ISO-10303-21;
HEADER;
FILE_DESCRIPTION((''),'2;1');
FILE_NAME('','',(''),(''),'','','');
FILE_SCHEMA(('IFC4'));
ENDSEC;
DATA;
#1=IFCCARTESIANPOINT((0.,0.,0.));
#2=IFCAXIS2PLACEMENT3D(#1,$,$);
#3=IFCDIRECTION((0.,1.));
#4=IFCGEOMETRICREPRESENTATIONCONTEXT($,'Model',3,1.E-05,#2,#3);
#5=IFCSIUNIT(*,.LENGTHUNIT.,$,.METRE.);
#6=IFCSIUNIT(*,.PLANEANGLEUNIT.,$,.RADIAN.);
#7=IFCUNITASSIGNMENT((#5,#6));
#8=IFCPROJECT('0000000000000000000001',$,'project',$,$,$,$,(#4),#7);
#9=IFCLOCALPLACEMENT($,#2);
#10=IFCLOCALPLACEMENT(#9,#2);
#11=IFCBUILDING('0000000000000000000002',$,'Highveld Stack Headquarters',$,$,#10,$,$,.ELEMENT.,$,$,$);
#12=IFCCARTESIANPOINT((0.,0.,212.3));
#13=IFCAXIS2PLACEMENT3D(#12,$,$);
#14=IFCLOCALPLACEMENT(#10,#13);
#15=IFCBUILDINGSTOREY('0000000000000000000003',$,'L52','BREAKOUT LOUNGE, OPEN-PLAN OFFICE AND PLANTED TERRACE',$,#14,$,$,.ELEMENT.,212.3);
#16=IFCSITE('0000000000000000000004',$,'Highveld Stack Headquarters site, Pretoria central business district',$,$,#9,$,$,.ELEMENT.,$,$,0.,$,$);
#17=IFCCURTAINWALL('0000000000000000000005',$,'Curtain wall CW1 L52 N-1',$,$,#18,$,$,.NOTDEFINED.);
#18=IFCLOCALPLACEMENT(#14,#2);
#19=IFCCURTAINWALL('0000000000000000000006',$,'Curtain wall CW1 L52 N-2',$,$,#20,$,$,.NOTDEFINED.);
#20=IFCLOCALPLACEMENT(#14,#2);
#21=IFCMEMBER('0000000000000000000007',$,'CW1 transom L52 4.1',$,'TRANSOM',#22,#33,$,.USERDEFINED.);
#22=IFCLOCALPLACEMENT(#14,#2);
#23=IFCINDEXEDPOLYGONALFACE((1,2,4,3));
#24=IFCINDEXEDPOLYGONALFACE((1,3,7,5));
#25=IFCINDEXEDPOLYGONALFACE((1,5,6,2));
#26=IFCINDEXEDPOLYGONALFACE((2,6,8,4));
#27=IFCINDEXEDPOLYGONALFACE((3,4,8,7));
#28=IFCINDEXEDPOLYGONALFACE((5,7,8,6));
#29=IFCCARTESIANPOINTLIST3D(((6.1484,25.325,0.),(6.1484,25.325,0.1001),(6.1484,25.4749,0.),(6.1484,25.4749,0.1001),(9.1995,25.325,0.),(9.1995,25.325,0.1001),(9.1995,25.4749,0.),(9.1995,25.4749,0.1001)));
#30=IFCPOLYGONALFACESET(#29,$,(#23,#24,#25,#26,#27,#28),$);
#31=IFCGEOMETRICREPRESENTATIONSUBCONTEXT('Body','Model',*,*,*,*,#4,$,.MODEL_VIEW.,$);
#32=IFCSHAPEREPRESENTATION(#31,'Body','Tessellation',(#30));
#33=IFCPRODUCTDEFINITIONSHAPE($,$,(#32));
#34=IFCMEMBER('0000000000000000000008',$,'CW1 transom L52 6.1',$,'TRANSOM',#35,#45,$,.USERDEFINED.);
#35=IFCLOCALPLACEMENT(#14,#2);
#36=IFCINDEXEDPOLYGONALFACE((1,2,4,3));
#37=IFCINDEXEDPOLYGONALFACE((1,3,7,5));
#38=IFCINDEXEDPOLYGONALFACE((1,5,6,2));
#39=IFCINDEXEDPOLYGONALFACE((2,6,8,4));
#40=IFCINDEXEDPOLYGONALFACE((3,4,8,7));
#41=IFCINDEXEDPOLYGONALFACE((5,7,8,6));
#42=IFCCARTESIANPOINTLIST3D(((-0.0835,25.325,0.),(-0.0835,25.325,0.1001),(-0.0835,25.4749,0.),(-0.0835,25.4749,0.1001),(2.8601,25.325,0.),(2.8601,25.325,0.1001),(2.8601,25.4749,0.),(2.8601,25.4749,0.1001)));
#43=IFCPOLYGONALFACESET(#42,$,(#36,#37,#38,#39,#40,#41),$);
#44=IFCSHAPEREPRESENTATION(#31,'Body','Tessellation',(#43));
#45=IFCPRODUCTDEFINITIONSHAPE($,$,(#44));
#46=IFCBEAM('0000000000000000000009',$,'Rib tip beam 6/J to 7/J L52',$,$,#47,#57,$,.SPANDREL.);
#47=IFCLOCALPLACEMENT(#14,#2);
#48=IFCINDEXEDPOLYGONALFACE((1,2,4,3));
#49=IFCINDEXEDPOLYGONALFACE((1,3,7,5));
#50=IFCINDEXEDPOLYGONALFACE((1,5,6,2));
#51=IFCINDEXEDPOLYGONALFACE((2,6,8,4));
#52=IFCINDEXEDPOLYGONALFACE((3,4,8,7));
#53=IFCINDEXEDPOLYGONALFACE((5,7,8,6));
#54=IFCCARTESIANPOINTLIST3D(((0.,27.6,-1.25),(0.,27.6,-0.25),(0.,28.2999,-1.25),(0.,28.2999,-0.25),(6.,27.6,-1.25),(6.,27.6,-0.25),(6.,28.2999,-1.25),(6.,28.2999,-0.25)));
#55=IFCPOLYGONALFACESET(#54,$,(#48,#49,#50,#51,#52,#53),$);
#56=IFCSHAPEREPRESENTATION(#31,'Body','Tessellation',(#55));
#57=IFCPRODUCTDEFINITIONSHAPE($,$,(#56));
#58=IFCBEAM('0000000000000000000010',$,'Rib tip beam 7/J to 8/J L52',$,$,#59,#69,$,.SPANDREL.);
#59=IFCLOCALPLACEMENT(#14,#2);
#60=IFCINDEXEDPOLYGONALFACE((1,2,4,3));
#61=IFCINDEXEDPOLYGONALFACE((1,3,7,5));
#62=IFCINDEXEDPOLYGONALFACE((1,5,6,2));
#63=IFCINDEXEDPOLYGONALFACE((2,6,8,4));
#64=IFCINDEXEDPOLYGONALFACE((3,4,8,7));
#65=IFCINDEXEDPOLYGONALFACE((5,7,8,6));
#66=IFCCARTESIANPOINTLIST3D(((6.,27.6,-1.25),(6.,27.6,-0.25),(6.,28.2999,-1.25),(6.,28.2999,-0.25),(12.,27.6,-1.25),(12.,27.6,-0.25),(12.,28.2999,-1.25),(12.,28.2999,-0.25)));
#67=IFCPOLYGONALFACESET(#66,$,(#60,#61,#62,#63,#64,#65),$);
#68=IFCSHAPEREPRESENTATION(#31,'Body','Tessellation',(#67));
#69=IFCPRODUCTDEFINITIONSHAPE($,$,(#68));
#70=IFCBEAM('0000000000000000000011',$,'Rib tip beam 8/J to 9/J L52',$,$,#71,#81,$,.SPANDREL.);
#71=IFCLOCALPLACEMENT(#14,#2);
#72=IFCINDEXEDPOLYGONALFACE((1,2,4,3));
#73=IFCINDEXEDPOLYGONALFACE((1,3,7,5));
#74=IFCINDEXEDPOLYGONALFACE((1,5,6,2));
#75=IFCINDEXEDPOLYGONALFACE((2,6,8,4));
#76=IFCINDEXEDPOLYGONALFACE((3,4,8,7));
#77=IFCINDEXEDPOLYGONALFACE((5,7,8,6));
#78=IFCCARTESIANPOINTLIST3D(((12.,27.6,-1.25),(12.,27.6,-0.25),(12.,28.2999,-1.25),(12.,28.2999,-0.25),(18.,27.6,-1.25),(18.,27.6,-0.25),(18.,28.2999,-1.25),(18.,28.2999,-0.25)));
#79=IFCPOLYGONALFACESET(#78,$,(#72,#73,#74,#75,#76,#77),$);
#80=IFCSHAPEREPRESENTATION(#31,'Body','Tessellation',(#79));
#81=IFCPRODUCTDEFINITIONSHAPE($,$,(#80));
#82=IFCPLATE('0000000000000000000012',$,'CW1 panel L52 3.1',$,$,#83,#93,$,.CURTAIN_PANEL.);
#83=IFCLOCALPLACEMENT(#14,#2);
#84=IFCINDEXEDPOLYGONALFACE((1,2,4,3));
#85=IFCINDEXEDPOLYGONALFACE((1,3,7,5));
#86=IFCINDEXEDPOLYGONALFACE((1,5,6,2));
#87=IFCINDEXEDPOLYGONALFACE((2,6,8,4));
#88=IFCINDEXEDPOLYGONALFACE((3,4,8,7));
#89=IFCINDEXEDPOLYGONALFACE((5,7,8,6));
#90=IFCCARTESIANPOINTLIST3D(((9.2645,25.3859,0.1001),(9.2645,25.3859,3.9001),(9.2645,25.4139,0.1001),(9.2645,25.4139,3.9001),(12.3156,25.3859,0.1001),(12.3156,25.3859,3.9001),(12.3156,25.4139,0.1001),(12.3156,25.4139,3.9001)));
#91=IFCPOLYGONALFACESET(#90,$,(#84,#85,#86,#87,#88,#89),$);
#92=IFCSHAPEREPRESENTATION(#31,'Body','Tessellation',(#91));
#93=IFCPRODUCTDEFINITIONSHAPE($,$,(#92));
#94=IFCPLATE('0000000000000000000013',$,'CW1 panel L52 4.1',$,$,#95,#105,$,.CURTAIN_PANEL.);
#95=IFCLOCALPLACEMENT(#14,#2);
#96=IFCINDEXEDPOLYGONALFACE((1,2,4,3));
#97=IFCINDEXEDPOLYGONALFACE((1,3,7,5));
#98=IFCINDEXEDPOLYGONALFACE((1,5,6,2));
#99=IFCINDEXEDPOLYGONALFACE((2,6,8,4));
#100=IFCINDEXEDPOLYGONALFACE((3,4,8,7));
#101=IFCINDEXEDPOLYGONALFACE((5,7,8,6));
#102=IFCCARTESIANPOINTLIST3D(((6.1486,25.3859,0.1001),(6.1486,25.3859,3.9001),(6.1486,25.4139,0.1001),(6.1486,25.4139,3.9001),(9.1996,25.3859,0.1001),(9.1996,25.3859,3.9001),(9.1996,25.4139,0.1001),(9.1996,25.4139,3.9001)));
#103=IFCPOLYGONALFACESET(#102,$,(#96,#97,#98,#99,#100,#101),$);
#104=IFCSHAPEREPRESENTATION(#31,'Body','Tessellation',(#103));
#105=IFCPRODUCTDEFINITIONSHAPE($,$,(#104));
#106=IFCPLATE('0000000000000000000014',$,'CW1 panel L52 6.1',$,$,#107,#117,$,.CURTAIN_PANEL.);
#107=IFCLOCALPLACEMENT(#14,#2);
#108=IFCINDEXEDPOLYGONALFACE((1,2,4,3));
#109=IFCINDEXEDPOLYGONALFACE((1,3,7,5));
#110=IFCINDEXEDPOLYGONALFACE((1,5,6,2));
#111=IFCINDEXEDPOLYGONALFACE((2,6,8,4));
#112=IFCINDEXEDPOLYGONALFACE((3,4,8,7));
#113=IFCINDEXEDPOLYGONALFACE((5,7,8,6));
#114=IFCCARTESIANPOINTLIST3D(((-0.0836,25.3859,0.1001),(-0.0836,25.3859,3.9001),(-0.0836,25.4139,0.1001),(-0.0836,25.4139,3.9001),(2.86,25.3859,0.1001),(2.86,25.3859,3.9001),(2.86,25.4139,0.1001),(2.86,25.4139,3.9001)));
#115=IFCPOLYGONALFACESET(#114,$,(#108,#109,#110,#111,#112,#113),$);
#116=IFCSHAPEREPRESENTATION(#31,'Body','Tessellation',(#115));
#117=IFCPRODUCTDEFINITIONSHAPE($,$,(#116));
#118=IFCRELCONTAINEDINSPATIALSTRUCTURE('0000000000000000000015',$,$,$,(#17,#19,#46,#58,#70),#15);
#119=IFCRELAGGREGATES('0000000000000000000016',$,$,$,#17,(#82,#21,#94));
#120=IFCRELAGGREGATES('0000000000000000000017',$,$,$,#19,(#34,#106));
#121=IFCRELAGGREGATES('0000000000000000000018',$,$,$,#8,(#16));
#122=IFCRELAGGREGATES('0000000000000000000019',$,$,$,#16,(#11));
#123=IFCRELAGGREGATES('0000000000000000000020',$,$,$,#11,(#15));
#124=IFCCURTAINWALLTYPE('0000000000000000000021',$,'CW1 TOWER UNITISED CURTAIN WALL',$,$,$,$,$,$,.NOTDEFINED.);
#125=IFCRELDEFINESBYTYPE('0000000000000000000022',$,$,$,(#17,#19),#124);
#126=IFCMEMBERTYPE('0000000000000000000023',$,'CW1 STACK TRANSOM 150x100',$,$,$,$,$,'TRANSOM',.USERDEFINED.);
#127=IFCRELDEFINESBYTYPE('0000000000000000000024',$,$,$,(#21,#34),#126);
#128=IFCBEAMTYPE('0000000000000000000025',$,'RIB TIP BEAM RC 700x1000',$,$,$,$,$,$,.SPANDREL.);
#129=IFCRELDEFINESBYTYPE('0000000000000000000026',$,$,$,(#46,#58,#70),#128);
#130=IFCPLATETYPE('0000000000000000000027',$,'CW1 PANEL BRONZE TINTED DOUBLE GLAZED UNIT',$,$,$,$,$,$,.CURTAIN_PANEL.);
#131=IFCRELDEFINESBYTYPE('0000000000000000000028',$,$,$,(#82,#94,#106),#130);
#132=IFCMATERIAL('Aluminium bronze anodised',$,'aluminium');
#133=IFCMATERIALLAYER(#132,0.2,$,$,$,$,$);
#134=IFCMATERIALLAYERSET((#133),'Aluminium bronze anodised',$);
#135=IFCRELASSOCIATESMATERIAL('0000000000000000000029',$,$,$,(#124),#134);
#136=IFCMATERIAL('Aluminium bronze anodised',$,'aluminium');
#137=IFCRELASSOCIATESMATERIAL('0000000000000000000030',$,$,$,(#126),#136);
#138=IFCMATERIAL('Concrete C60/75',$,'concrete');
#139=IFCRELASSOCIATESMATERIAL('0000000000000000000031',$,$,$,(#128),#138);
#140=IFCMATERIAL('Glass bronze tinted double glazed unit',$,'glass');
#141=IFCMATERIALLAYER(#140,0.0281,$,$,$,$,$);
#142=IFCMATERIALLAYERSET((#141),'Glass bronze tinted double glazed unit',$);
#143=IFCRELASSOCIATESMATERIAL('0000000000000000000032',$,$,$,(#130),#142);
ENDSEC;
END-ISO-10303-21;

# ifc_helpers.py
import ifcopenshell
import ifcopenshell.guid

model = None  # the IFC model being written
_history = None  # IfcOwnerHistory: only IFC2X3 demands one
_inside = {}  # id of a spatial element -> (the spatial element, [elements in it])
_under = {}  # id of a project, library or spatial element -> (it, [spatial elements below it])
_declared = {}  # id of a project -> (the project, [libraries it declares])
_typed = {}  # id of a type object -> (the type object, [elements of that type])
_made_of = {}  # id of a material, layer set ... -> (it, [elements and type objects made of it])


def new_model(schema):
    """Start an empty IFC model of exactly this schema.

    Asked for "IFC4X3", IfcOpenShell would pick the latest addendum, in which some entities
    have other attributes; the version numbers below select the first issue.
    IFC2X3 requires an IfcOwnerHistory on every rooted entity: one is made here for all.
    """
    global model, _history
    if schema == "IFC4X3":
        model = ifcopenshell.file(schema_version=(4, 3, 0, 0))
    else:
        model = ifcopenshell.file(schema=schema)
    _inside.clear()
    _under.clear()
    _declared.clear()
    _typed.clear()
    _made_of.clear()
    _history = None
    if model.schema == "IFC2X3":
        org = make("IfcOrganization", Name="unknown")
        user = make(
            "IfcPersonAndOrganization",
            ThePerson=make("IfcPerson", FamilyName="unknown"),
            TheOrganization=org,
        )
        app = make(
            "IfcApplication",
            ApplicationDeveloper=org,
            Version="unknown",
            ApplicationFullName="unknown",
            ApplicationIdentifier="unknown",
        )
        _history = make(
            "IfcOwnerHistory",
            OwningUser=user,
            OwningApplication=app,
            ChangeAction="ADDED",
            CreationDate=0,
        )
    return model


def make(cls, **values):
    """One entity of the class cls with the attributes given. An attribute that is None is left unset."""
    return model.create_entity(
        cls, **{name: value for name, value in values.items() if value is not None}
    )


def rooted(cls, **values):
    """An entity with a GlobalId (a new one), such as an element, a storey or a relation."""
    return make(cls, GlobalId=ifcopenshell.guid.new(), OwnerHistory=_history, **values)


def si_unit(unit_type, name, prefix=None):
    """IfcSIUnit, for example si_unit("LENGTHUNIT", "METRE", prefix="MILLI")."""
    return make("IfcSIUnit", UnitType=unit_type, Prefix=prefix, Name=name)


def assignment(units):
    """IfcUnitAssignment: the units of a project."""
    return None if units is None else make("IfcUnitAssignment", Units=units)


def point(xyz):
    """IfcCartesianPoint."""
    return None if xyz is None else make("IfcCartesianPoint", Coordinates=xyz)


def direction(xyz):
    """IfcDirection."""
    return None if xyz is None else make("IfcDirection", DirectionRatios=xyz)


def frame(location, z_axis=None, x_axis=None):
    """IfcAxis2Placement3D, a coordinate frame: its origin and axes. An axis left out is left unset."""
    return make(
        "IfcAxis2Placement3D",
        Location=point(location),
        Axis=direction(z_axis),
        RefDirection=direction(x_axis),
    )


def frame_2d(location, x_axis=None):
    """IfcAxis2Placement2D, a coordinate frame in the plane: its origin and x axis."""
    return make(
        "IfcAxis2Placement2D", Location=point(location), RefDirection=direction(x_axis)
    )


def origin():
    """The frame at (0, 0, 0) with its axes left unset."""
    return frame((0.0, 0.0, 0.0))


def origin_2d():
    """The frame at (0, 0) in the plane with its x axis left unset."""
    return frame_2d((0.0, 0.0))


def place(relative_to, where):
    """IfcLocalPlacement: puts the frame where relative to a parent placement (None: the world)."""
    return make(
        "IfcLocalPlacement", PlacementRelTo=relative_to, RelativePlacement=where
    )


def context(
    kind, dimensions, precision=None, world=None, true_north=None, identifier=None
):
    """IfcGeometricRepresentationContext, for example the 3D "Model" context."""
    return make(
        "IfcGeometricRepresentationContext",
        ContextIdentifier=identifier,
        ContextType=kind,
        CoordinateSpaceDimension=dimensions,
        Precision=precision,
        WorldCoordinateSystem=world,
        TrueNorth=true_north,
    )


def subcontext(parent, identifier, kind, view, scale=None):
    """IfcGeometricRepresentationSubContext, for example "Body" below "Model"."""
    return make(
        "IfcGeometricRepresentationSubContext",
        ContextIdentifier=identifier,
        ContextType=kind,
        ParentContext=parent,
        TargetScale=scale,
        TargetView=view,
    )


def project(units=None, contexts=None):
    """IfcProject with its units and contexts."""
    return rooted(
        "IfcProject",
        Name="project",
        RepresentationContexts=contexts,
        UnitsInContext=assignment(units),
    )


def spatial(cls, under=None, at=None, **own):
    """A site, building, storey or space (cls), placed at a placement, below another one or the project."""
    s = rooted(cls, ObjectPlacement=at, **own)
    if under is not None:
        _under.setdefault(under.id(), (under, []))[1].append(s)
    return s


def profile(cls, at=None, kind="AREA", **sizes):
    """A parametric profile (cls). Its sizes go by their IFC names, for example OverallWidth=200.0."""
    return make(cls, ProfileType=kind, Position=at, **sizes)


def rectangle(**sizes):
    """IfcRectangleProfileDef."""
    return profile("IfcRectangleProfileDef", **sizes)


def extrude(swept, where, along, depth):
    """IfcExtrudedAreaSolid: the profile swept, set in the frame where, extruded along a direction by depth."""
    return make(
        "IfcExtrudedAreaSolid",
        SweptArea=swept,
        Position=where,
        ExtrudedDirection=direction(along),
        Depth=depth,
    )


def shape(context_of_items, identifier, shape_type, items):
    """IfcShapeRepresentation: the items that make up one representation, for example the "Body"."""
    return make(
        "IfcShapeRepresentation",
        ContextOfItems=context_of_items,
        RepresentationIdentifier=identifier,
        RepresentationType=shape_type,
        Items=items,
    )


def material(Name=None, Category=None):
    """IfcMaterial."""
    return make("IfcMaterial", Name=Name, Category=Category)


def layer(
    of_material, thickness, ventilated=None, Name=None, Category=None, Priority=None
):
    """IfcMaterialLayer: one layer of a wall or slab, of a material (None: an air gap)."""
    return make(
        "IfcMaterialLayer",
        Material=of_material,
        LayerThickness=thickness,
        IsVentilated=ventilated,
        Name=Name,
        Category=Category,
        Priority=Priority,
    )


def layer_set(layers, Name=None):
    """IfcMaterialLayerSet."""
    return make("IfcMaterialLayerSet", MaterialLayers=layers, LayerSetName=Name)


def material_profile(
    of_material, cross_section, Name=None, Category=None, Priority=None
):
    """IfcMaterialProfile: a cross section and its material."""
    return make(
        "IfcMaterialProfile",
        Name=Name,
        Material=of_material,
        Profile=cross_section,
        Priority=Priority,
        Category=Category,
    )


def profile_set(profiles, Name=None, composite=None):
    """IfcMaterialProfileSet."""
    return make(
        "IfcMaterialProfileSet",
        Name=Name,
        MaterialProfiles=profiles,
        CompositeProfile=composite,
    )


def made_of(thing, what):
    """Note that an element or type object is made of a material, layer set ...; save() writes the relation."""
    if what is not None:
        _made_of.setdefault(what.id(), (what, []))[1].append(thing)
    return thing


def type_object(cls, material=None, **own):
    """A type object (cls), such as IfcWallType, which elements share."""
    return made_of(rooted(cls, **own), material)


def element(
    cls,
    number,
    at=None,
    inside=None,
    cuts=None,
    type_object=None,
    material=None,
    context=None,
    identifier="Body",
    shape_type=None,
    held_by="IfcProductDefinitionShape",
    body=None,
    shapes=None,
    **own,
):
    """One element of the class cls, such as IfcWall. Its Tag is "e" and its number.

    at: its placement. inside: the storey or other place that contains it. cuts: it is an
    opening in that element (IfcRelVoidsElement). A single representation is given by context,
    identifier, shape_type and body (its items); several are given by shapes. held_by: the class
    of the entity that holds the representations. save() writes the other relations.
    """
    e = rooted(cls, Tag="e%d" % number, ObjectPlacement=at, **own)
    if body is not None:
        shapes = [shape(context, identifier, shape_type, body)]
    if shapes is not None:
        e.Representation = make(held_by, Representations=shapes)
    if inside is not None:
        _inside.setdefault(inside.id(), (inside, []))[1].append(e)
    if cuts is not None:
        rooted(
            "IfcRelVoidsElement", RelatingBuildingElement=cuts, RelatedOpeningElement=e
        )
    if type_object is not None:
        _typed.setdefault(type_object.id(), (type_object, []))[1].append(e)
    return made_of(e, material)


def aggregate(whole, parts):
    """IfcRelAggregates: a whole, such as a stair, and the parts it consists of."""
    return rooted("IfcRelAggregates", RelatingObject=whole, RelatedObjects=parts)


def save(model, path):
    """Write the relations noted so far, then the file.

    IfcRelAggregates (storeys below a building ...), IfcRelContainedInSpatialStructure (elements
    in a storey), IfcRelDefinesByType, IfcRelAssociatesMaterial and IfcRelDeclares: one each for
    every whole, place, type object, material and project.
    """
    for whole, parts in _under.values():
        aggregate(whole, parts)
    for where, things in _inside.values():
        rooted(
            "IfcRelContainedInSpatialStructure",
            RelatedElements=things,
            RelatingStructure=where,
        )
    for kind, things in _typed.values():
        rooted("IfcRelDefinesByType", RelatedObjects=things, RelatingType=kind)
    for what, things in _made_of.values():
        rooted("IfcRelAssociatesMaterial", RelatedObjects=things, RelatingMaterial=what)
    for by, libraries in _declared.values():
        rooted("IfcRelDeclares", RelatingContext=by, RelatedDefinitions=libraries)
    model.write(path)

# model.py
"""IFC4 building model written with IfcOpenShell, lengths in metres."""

from ifc_helpers import new_model, si_unit, direction, frame, origin, origin_2d, place, context, subcontext, project, spatial, rectangle, extrude, material, layer, layer_set, material_profile, profile_set, type_object, element, aggregate, save


model = new_model("IFC4")

# Units and contexts
model_context = context("Model", 3, precision=1e-05, world=origin(), true_north=direction((0.0, 1.0)))
body_context = subcontext(model_context, "Body", "Model", "MODEL_VIEW")
ifc_project = project(units=[si_unit("LENGTHUNIT", "METRE"), si_unit("PLANEANGLEUNIT", "RADIAN")], contexts=[model_context])

# Site, building, storey
site_placement = place(None, origin())
site = spatial("IfcSite", under=ifc_project, at=site_placement, Name="Highveld Stack Headquarters site, Pretoria central business district", CompositionType="ELEMENT", RefElevation=0.0)
building_placement = place(site_placement, origin())
building = spatial("IfcBuilding", under=site, at=building_placement, Name="Highveld Stack Headquarters", CompositionType="ELEMENT")
storey_placement = place(building_placement, frame((0.0, 0.0, 212.3)))
storey = spatial("IfcBuildingStorey", under=building, at=storey_placement, Name="L52", Description="BREAKOUT LOUNGE, OPEN-PLAN OFFICE AND PLANTED TERRACE", CompositionType="ELEMENT", Elevation=212.3)

# Curtain wall
ifc_material_1 = material(Name="Aluminium bronze anodised", Category="aluminium")
ifc_layer_1 = layer(ifc_material_1, 0.2)
ifc_layer_set_1 = layer_set([ifc_layer_1], Name="Aluminium bronze anodised")
curtain_wall_type = type_object("IfcCurtainWallType", Name="CW1 TOWER UNITISED CURTAIN WALL", PredefinedType="NOTDEFINED", material=ifc_layer_set_1)
curtain_wall_1_placement = place(storey_placement, origin())
curtain_wall_1 = element("IfcCurtainWall", 1, at=curtain_wall_1_placement, inside=storey, type_object=curtain_wall_type, Name="Curtain wall CW1 L52 N-1", PredefinedType="NOTDEFINED")

# Curtain wall
curtain_wall_2_placement = place(storey_placement, origin())
curtain_wall_2 = element("IfcCurtainWall", 2, at=curtain_wall_2_placement, inside=storey, type_object=curtain_wall_type, Name="Curtain wall CW1 L52 N-2", PredefinedType="NOTDEFINED")

# Members
ifc_material_2 = material(Name="Aluminium bronze anodised", Category="aluminium")
ifc_material_profile_1 = material_profile(ifc_material_2, rectangle(XDim=0.1499, YDim=0.1001, at=origin_2d()), Name="CW1 TRANSOM 150x100")
ifc_profile_set_1 = profile_set([ifc_material_profile_1], Name="Aluminium bronze anodised")
member_type_1 = type_object("IfcMemberType", Name="CW1 STACK TRANSOM 150x100", ElementType="TRANSOM", PredefinedType="USERDEFINED", material=ifc_profile_set_1)
member_1_placement = place(storey_placement, frame((9.1995, 25.3999, 0.05), z_axis=(-1.0, 0.0, 0.0), x_axis=(0.0, -1.0, 0.0)))
member_1 = element("IfcMember", 3, at=member_1_placement, type_object=member_type_1, Name="CW1 transom L52 4.1", ObjectType="TRANSOM", PredefinedType="USERDEFINED", context=body_context, shape_type="SweptSolid", body=[
    extrude(rectangle(XDim=0.1499, YDim=0.1001, at=origin_2d()), origin(), (0.0, 0.0, 1.0), 3.051),
])
member_2_placement = place(storey_placement, frame((2.8601, 25.3999, 0.05), z_axis=(-1.0, 0.0, 0.0), x_axis=(0.0, -1.0, 0.0)))
member_2 = element("IfcMember", 4, at=member_2_placement, type_object=member_type_1, Name="CW1 transom L52 6.1", ObjectType="TRANSOM", PredefinedType="USERDEFINED", context=body_context, shape_type="SweptSolid", body=[
    extrude(rectangle(XDim=0.1499, YDim=0.1001, at=origin_2d()), origin(), (0.0, 0.0, 1.0), 2.9436),
])

# Beams
ifc_material_3 = material(Name="Concrete C60/75", Category="concrete")
ifc_material_profile_2 = material_profile(ifc_material_3, rectangle(XDim=0.7, YDim=1.0, at=origin_2d()), Name="RC 700x1000")
ifc_profile_set_2 = profile_set([ifc_material_profile_2], Name="Concrete C60/75")
beam_type_1 = type_object("IfcBeamType", Name="RIB TIP BEAM RC 700x1000", PredefinedType="SPANDREL", material=ifc_profile_set_2)
for number, where, z_axis, x_axis, name in (
    (5, (0.0, 27.95, -0.75), (1.0, 0.0, 0.0), (0.0, 1.0, 0.0), "Rib tip beam 6/J to 7/J L52"),
    (6, (6.0, 27.95, -0.75), (1.0, 0.0, 0.0), (0.0, 1.0, 0.0), "Rib tip beam 7/J to 8/J L52"),
    (7, (12.0, 27.95, -0.75), (1.0, 0.0, 0.0), (0.0, 1.0, 0.0), "Rib tip beam 8/J to 9/J L52"),
):
    element("IfcBeam", number, at=place(storey_placement, frame(where, z_axis=z_axis, x_axis=x_axis)), inside=storey, type_object=beam_type_1, Name=name, PredefinedType="SPANDREL", context=body_context, shape_type="SweptSolid", body=[
        extrude(rectangle(XDim=0.7, YDim=1.0, at=origin_2d()), origin(), (0.0, 0.0, 1.0), 6.0),
    ])

# Plates
ifc_material_4 = material(Name="Glass bronze tinted double glazed unit", Category="glass")
ifc_layer_2 = layer(ifc_material_4, 0.0281)
ifc_layer_set_2 = layer_set([ifc_layer_2], Name="Glass bronze tinted double glazed unit")
plate_type = type_object("IfcPlateType", Name="CW1 PANEL BRONZE TINTED DOUBLE GLAZED UNIT", PredefinedType="CURTAIN_PANEL", material=ifc_layer_set_2)
plate_1_placement = place(storey_placement, frame((10.79, 25.3999, 0.1001), z_axis=(0.0, 0.0, 1.0), x_axis=(-1.0, 0.0, 0.0)))
plate_1 = element("IfcPlate", 8, at=plate_1_placement, type_object=plate_type, Name="CW1 panel L52 3.1", PredefinedType="CURTAIN_PANEL", context=body_context, shape_type="SweptSolid", body=[
    extrude(rectangle(XDim=3.051, YDim=0.0281, at=origin_2d()), origin(), (0.0, 0.0, 1.0), 3.8),
])
plate_2_placement = place(storey_placement, frame((7.6741, 25.3999, 0.1001), z_axis=(0.0, 0.0, 1.0), x_axis=(-1.0, 0.0, 0.0)))
plate_2 = element("IfcPlate", 9, at=plate_2_placement, type_object=plate_type, Name="CW1 panel L52 4.1", PredefinedType="CURTAIN_PANEL", context=body_context, shape_type="SweptSolid", body=[
    extrude(rectangle(XDim=3.051, YDim=0.0281, at=origin_2d()), origin(), (0.0, 0.0, 1.0), 3.8),
])
aggregate(curtain_wall_1, [plate_1, member_1, plate_2])
plate_3_placement = place(storey_placement, frame((1.3882, 25.3999, 0.1001), z_axis=(0.0, 0.0, 1.0), x_axis=(-1.0, 0.0, 0.0)))
plate_3 = element("IfcPlate", 10, at=plate_3_placement, type_object=plate_type, Name="CW1 panel L52 6.1", PredefinedType="CURTAIN_PANEL", context=body_context, shape_type="SweptSolid", body=[
    extrude(rectangle(XDim=2.9436, YDim=0.0281, at=origin_2d()), origin(), (0.0, 0.0, 1.0), 3.8),
])
aggregate(curtain_wall_2, [member_2, plate_3])

save(model, "model.ifc")
